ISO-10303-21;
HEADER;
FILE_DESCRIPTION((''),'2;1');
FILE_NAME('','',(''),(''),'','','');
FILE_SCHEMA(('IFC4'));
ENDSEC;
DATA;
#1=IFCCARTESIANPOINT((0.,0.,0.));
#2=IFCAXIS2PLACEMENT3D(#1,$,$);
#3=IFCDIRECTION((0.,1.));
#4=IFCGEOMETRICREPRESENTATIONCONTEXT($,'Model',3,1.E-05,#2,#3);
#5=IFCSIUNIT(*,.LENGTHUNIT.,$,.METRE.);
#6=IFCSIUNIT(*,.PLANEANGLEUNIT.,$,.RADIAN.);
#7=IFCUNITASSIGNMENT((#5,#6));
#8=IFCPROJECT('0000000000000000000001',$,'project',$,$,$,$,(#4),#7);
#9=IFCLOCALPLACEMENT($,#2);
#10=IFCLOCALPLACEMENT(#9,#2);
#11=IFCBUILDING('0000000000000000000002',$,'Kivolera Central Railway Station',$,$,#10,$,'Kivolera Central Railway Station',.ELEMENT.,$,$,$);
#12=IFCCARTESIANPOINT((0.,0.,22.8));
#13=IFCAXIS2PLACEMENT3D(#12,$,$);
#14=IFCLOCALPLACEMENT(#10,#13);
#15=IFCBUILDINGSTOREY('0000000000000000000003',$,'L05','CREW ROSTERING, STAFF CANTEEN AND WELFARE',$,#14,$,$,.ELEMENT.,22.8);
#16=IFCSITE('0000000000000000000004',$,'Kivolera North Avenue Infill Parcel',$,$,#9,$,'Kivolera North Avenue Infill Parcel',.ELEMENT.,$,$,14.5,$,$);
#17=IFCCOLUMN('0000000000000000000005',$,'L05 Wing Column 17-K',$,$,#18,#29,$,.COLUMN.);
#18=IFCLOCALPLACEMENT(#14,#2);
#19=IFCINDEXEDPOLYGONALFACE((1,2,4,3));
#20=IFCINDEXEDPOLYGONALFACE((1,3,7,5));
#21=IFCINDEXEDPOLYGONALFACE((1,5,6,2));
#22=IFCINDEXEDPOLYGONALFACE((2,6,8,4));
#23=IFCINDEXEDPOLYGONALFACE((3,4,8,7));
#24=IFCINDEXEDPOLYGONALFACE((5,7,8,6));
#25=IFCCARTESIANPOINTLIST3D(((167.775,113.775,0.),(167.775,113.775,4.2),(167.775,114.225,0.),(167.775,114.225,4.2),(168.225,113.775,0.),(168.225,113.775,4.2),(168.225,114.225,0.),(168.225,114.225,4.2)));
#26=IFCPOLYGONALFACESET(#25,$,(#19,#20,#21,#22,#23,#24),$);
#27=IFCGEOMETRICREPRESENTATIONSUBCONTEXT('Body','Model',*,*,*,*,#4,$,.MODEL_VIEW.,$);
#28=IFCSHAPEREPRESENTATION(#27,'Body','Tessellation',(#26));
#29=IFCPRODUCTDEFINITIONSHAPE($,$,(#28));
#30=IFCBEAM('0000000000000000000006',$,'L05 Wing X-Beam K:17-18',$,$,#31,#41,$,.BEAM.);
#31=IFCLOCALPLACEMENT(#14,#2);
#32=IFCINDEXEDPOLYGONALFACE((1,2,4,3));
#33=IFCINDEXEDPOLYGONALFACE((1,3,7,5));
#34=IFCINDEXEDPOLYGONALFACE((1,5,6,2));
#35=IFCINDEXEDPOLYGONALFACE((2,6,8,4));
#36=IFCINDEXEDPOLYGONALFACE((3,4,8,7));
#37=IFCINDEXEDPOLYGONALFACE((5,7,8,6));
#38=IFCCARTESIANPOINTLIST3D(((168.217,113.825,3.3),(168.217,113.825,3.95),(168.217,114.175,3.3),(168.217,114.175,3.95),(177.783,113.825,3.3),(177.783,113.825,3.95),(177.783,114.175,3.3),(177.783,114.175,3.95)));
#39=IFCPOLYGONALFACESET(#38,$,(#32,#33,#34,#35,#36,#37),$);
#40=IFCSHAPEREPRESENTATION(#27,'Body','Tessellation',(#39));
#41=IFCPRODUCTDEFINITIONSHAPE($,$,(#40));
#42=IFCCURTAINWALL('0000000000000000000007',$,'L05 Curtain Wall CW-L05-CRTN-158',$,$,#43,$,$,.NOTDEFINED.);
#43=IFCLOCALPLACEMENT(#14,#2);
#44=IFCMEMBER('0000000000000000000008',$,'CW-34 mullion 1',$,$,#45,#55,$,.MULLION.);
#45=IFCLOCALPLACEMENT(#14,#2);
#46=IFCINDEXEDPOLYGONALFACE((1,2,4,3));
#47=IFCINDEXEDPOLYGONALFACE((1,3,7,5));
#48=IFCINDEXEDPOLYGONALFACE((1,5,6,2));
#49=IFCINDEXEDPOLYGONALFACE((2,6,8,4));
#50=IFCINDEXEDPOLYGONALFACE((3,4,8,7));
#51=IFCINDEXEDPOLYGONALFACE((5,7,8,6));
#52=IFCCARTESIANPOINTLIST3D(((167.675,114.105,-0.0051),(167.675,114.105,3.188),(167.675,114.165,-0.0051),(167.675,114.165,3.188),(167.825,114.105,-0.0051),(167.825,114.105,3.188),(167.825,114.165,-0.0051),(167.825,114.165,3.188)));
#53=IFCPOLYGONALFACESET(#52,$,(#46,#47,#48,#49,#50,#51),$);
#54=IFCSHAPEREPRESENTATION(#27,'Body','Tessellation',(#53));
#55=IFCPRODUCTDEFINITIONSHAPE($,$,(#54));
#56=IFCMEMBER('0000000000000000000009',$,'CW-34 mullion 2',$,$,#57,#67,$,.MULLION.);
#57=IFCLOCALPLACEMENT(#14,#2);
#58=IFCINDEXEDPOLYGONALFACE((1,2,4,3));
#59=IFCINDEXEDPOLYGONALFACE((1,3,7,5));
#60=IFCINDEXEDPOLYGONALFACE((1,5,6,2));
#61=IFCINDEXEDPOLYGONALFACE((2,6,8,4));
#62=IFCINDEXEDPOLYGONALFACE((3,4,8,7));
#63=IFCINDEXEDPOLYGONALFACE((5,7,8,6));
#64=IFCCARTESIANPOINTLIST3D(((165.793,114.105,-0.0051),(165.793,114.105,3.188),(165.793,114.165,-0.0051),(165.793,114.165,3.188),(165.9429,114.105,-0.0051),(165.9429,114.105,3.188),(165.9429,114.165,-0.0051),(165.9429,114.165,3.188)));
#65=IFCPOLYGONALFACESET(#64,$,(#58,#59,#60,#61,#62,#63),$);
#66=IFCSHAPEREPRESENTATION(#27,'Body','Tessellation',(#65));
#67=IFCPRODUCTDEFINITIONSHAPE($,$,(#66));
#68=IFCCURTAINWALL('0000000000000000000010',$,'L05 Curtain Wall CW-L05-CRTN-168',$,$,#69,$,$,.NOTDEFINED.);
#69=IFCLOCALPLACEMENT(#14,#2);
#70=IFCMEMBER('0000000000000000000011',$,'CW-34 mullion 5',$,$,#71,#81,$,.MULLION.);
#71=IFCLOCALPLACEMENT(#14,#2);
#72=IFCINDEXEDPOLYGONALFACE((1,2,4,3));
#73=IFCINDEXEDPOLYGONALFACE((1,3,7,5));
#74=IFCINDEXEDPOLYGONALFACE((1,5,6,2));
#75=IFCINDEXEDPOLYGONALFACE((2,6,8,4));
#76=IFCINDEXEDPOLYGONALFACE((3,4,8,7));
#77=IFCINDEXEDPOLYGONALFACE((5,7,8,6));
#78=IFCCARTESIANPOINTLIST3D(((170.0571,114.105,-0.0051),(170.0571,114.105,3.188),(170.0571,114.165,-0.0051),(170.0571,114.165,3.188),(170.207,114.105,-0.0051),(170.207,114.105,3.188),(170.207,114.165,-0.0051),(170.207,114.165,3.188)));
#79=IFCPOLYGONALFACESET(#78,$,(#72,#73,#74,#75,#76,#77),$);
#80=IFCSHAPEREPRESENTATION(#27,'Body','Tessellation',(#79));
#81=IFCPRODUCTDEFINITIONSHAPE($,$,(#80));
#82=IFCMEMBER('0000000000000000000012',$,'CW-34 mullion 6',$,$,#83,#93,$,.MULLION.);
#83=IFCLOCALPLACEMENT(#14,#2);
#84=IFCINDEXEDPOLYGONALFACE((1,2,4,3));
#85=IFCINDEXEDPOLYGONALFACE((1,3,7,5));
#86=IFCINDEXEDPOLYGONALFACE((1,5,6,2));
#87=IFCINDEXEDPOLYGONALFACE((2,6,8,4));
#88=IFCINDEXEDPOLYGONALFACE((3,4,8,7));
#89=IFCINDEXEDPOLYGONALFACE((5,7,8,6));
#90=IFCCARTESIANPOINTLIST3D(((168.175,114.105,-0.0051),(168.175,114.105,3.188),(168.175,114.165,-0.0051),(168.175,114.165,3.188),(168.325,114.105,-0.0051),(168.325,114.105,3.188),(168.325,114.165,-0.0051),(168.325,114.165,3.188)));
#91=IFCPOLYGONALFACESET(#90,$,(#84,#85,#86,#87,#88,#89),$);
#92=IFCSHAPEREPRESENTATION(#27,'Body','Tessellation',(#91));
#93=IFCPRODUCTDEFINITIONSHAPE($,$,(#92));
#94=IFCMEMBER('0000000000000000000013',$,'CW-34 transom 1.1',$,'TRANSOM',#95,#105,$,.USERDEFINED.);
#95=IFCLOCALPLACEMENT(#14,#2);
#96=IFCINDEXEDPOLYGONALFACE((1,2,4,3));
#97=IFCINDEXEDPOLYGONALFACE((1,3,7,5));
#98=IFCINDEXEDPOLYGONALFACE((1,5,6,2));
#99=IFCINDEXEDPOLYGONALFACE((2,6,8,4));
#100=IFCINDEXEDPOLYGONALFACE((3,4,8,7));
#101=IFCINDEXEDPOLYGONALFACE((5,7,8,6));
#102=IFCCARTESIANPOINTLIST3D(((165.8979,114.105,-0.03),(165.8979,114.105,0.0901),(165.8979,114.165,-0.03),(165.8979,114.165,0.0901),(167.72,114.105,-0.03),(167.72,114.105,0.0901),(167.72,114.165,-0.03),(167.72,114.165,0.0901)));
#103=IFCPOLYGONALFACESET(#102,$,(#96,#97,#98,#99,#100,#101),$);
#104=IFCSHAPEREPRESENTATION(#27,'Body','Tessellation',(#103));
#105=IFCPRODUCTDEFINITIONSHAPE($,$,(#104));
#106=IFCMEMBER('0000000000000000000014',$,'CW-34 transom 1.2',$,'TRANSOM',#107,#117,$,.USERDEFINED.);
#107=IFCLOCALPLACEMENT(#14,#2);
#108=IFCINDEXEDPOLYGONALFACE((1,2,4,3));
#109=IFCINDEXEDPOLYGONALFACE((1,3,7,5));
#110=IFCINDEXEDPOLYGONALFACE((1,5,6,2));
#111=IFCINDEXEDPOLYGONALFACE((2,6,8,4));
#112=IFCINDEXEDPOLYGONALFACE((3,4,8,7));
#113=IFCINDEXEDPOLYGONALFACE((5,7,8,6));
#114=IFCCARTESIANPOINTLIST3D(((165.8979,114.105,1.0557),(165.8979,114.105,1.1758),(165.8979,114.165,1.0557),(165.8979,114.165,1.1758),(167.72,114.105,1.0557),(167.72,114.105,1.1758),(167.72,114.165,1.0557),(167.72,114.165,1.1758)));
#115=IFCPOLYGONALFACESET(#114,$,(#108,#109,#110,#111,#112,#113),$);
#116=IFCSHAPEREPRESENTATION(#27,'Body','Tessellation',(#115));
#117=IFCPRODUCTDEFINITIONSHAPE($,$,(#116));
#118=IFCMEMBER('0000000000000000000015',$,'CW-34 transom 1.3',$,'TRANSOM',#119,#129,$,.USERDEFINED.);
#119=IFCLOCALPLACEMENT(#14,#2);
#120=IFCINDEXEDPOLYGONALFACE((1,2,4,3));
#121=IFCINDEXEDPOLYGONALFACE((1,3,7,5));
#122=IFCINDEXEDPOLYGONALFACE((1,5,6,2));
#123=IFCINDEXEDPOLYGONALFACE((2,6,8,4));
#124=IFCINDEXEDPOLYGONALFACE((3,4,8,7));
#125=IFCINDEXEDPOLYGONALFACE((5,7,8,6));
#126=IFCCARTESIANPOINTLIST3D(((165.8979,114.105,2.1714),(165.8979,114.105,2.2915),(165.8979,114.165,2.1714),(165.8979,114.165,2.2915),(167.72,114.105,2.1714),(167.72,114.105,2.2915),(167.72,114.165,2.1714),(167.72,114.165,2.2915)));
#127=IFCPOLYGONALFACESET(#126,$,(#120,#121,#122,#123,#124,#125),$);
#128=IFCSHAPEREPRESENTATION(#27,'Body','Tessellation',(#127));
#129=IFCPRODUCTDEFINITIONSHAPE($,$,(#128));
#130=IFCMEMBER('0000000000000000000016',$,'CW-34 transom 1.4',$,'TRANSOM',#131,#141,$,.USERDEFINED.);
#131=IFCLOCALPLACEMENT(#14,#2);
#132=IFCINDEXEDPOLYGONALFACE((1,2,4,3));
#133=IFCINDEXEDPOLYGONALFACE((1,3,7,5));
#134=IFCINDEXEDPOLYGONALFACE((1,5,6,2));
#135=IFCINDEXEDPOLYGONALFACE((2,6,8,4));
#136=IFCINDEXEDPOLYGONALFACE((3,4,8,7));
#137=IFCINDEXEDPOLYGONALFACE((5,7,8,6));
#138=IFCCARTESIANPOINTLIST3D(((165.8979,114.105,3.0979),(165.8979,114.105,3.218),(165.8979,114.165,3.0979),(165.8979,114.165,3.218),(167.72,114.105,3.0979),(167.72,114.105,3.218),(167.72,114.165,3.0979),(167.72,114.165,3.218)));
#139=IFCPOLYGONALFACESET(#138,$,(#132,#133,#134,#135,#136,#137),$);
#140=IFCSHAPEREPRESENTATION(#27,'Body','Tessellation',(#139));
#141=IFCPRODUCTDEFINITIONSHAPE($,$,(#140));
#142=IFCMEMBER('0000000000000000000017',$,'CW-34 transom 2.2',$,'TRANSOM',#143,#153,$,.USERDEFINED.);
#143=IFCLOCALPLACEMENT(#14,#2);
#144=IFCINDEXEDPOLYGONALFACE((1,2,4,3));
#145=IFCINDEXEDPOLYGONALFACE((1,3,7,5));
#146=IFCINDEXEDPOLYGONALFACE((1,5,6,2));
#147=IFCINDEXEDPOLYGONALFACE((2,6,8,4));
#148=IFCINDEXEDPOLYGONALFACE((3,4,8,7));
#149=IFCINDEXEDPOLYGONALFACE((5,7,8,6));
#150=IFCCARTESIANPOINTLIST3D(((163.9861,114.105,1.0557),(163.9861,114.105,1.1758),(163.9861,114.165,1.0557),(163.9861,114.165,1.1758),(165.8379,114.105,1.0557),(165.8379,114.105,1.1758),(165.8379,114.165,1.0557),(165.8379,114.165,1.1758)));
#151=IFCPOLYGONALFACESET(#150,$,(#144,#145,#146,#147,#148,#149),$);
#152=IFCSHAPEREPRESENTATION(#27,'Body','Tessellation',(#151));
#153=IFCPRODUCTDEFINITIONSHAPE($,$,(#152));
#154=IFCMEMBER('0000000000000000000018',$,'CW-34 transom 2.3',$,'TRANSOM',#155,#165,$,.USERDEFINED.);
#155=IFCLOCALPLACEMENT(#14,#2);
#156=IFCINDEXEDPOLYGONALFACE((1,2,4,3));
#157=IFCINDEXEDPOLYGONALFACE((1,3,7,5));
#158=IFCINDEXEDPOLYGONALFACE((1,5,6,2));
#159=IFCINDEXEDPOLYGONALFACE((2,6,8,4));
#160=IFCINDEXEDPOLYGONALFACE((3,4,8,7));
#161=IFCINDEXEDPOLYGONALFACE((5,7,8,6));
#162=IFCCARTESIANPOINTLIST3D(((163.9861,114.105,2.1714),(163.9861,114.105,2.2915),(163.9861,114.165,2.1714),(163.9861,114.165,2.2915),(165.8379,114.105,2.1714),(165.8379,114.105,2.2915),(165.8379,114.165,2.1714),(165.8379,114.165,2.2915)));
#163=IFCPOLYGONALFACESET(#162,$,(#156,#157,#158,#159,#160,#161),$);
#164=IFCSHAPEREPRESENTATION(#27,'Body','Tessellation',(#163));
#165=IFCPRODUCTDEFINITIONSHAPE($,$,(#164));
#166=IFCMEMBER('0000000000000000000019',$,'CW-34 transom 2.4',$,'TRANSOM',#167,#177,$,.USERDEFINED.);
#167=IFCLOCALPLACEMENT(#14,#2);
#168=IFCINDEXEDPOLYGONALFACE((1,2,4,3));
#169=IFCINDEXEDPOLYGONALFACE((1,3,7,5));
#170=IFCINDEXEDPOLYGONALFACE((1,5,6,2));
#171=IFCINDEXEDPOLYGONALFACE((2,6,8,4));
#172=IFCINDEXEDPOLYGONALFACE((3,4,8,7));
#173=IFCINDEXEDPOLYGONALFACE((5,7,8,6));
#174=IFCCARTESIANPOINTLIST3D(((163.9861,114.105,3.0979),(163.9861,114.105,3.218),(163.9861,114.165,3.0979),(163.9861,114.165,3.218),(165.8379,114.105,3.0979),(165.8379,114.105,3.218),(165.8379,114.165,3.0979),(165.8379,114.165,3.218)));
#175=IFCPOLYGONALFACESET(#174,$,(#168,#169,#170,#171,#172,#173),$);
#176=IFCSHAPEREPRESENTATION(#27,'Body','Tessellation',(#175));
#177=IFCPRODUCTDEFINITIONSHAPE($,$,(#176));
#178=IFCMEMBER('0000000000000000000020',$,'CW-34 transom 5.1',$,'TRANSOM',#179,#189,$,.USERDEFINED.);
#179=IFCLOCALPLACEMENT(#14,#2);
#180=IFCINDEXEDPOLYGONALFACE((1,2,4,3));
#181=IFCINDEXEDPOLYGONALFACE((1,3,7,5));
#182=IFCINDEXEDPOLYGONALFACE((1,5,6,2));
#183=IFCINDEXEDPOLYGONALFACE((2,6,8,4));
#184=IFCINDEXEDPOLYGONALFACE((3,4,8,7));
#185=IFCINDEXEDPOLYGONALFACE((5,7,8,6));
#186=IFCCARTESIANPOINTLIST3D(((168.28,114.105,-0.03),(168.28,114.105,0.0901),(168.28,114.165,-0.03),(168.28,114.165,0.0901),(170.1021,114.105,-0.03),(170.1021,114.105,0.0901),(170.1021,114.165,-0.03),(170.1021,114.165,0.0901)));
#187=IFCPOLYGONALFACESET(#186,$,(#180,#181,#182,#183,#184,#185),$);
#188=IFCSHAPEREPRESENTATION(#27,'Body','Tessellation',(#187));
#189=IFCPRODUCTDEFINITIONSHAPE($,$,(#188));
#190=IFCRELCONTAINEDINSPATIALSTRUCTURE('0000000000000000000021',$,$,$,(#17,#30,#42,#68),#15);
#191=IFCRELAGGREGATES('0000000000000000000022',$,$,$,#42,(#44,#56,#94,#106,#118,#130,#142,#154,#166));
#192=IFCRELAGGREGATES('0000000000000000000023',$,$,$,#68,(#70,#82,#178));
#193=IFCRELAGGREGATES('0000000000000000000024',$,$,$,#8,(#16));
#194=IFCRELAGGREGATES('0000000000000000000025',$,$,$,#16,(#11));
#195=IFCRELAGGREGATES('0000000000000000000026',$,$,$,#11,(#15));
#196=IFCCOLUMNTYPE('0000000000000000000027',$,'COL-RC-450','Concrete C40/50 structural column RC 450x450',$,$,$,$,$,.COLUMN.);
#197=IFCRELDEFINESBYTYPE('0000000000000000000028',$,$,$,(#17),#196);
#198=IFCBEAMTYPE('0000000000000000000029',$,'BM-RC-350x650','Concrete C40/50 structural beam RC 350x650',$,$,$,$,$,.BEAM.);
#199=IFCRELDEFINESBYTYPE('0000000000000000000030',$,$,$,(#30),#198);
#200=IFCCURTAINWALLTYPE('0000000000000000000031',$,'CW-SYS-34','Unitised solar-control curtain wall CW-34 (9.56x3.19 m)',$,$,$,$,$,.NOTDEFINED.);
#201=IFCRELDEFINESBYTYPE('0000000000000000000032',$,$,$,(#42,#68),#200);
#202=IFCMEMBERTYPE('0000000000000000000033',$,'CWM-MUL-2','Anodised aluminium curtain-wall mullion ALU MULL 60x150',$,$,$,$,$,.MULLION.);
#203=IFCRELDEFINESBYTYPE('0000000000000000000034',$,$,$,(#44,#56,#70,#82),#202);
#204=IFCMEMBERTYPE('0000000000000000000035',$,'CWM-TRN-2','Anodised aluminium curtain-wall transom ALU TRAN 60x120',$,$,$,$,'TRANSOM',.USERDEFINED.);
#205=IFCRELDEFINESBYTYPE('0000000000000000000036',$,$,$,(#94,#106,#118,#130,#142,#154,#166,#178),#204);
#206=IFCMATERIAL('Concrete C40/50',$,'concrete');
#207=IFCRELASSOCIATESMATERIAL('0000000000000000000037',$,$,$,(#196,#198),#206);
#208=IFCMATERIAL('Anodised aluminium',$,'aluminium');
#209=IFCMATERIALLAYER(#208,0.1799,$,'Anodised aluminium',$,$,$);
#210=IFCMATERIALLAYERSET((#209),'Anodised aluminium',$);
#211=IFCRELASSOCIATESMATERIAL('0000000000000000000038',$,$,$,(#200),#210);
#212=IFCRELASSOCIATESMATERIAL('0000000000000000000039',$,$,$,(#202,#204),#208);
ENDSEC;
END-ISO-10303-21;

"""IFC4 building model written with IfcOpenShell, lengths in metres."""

from ifc_helpers import new_model, si_unit, direction, frame, origin, origin_2d, place, context, subcontext, project, spatial, rectangle, extrude, material, layer, layer_set, material_profile, profile_set, type_object, element, aggregate, save


model = new_model("IFC4")

# Units and contexts
model_context = context("Model", 3, precision=1e-05, world=origin(), true_north=direction((0.0, 1.0)))
body_context = subcontext(model_context, "Body", "Model", "MODEL_VIEW")
ifc_project = project(units=[si_unit("LENGTHUNIT", "METRE"), si_unit("PLANEANGLEUNIT", "RADIAN")], contexts=[model_context])

# Site, building, storey
site_placement = place(None, origin())
site = spatial("IfcSite", under=ifc_project, at=site_placement, Name="Kivolera North Avenue Infill Parcel", LongName="Kivolera North Avenue Infill Parcel", CompositionType="ELEMENT", RefElevation=14.5)
building_placement = place(site_placement, origin())
building = spatial("IfcBuilding", under=site, at=building_placement, Name="Kivolera Central Railway Station", LongName="Kivolera Central Railway Station", CompositionType="ELEMENT")
storey_placement = place(building_placement, frame((0.0, 0.0, 22.8)))
storey = spatial("IfcBuildingStorey", under=building, at=storey_placement, Name="L05", Description="CREW ROSTERING, STAFF CANTEEN AND WELFARE", CompositionType="ELEMENT", Elevation=22.8)

# Column
ifc_material_1 = material(Name="Concrete C40/50", Category="concrete")
ifc_material_profile_1 = material_profile(ifc_material_1, rectangle(XDim=0.45, YDim=0.45, at=origin_2d()), Name="RC 450x450")
ifc_profile_set_1 = profile_set([ifc_material_profile_1], Name="Concrete C40/50")
column_type = type_object("IfcColumnType", Name="COL-RC-450", Description="Concrete C40/50 structural column RC 450x450", PredefinedType="COLUMN", material=ifc_profile_set_1)
column_placement = place(storey_placement, frame((168.0, 114.0, 0.0), z_axis=(0.0, 0.0, 1.0), x_axis=(1.0, 0.0, 0.0)))
element("IfcColumn", 1, at=column_placement, inside=storey, type_object=column_type, Name="L05 Wing Column 17-K", PredefinedType="COLUMN", context=body_context, shape_type="SweptSolid", body=[
    extrude(rectangle(XDim=0.45, YDim=0.45, at=origin_2d()), origin(), (0.0, 0.0, 1.0), 4.2),
])

# Beam
ifc_material_profile_2 = material_profile(ifc_material_1, rectangle(XDim=0.3501, YDim=0.6499, at=origin_2d()), Name="RC 350x650")
ifc_profile_set_2 = profile_set([ifc_material_profile_2], Name="Concrete C40/50")
beam_type = type_object("IfcBeamType", Name="BM-RC-350x650", Description="Concrete C40/50 structural beam RC 350x650", PredefinedType="BEAM", material=ifc_profile_set_2)
beam_placement = place(storey_placement, frame((168.217, 114.0, 3.625), z_axis=(1.0, 0.0, 0.0), x_axis=(0.0, 1.0, 0.0)))
element("IfcBeam", 2, at=beam_placement, inside=storey, type_object=beam_type, Name="L05 Wing X-Beam K:17-18", PredefinedType="BEAM", context=body_context, shape_type="SweptSolid", body=[
    extrude(rectangle(XDim=0.3501, YDim=0.6499, at=origin_2d()), origin(), (0.0, 0.0, 1.0), 9.5659),
])

# Curtain walls, members
ifc_material_2 = material(Name="Anodised aluminium", Category="aluminium")
ifc_layer_1 = layer(ifc_material_2, 0.1799, Name="Anodised aluminium")
ifc_layer_set_1 = layer_set([ifc_layer_1], Name="Anodised aluminium")
curtain_wall_type = type_object("IfcCurtainWallType", Name="CW-SYS-34", Description="Unitised solar-control curtain wall CW-34 (9.56x3.19 m)", PredefinedType="NOTDEFINED", material=ifc_layer_set_1)
curtain_wall_1_placement = place(storey_placement, origin())
curtain_wall_1 = element("IfcCurtainWall", 3, at=curtain_wall_1_placement, inside=storey, type_object=curtain_wall_type, Name="L05 Curtain Wall CW-L05-CRTN-158", PredefinedType="NOTDEFINED")
ifc_material_profile_3 = material_profile(ifc_material_2, rectangle(XDim=0.0601, YDim=0.1499, at=origin_2d()), Name="ALU MULL 60x150")
ifc_profile_set_3 = profile_set([ifc_material_profile_3], Name="Anodised aluminium")
member_type_1 = type_object("IfcMemberType", Name="CWM-MUL-2", Description="Anodised aluminium curtain-wall mullion ALU MULL 60x150", PredefinedType="MULLION", material=ifc_profile_set_3)
member_1_placement = place(storey_placement, frame((167.75, 114.135, -0.0051), z_axis=(0.0, 0.0, 1.0), x_axis=(0.0, -1.0, 0.0)))
member_1 = element("IfcMember", 4, at=member_1_placement, type_object=member_type_1, Name="CW-34 mullion 1", PredefinedType="MULLION", context=body_context, shape_type="SweptSolid", body=[
    extrude(rectangle(XDim=0.0601, YDim=0.1499, at=origin_2d()), origin(), (0.0, 0.0, 1.0), 3.1931),
])
member_2_placement = place(storey_placement, frame((165.8679, 114.135, -0.0051), z_axis=(0.0, 0.0, 1.0), x_axis=(0.0, -1.0, 0.0)))
member_2 = element("IfcMember", 5, at=member_2_placement, type_object=member_type_1, Name="CW-34 mullion 2", PredefinedType="MULLION", context=body_context, shape_type="SweptSolid", body=[
    extrude(rectangle(XDim=0.0601, YDim=0.1499, at=origin_2d()), origin(), (0.0, 0.0, 1.0), 3.1931),
])
curtain_wall_2_placement = place(storey_placement, origin())
curtain_wall_2 = element("IfcCurtainWall", 6, at=curtain_wall_2_placement, inside=storey, type_object=curtain_wall_type, Name="L05 Curtain Wall CW-L05-CRTN-168", PredefinedType="NOTDEFINED")
member_3_placement = place(storey_placement, frame((170.1321, 114.135, -0.0051), z_axis=(0.0, 0.0, 1.0), x_axis=(0.0, -1.0, 0.0)))
member_3 = element("IfcMember", 7, at=member_3_placement, type_object=member_type_1, Name="CW-34 mullion 5", PredefinedType="MULLION", context=body_context, shape_type="SweptSolid", body=[
    extrude(rectangle(XDim=0.0601, YDim=0.1499, at=origin_2d()), origin(), (0.0, 0.0, 1.0), 3.1931),
])
member_4_placement = place(storey_placement, frame((168.25, 114.135, -0.0051), z_axis=(0.0, 0.0, 1.0), x_axis=(0.0, -1.0, 0.0)))
member_4 = element("IfcMember", 8, at=member_4_placement, type_object=member_type_1, Name="CW-34 mullion 6", PredefinedType="MULLION", context=body_context, shape_type="SweptSolid", body=[
    extrude(rectangle(XDim=0.0601, YDim=0.1499, at=origin_2d()), origin(), (0.0, 0.0, 1.0), 3.1931),
])

# Members
ifc_material_profile_4 = material_profile(ifc_material_2, rectangle(XDim=0.0601, YDim=0.1201, at=origin_2d()), Name="ALU TRAN 60x120")
ifc_profile_set_4 = profile_set([ifc_material_profile_4], Name="Anodised aluminium")
member_type_2 = type_object("IfcMemberType", Name="CWM-TRN-2", Description="Anodised aluminium curtain-wall transom ALU TRAN 60x120", ElementType="TRANSOM", PredefinedType="USERDEFINED", material=ifc_profile_set_4)
member_5_placement = place(storey_placement, frame((167.72, 114.135, 0.03), z_axis=(-1.0, 0.0, 0.0), x_axis=(0.0, -1.0, 0.0)))
member_5 = element("IfcMember", 9, at=member_5_placement, type_object=member_type_2, Name="CW-34 transom 1.1", ObjectType="TRANSOM", PredefinedType="USERDEFINED", context=body_context, shape_type="SweptSolid", body=[
    extrude(rectangle(XDim=0.0601, YDim=0.1201, at=origin_2d()), origin(), (0.0, 0.0, 1.0), 1.822),
])
member_6_placement = place(storey_placement, frame((167.72, 114.135, 1.1157), z_axis=(-1.0, 0.0, 0.0), x_axis=(0.0, -1.0, 0.0)))
member_6 = element("IfcMember", 10, at=member_6_placement, type_object=member_type_2, Name="CW-34 transom 1.2", ObjectType="TRANSOM", PredefinedType="USERDEFINED", context=body_context, shape_type="SweptSolid", body=[
    extrude(rectangle(XDim=0.0601, YDim=0.1201, at=origin_2d()), origin(), (0.0, 0.0, 1.0), 1.822),
])
member_7_placement = place(storey_placement, frame((167.72, 114.135, 2.2314), z_axis=(-1.0, 0.0, 0.0), x_axis=(0.0, -1.0, 0.0)))
member_7 = element("IfcMember", 11, at=member_7_placement, type_object=member_type_2, Name="CW-34 transom 1.3", ObjectType="TRANSOM", PredefinedType="USERDEFINED", context=body_context, shape_type="SweptSolid", body=[
    extrude(rectangle(XDim=0.0601, YDim=0.1201, at=origin_2d()), origin(), (0.0, 0.0, 1.0), 1.822),
])
member_8_placement = place(storey_placement, frame((167.72, 114.135, 3.158), z_axis=(-1.0, 0.0, 0.0), x_axis=(0.0, -1.0, 0.0)))
member_8 = element("IfcMember", 12, at=member_8_placement, type_object=member_type_2, Name="CW-34 transom 1.4", ObjectType="TRANSOM", PredefinedType="USERDEFINED", context=body_context, shape_type="SweptSolid", body=[
    extrude(rectangle(XDim=0.0601, YDim=0.1201, at=origin_2d()), origin(), (0.0, 0.0, 1.0), 1.822),
])
member_9_placement = place(storey_placement, frame((165.8379, 114.135, 1.1157), z_axis=(-1.0, 0.0, 0.0), x_axis=(0.0, -1.0, 0.0)))
member_9 = element("IfcMember", 13, at=member_9_placement, type_object=member_type_2, Name="CW-34 transom 2.2", ObjectType="TRANSOM", PredefinedType="USERDEFINED", context=body_context, shape_type="SweptSolid", body=[
    extrude(rectangle(XDim=0.0601, YDim=0.1201, at=origin_2d()), origin(), (0.0, 0.0, 1.0), 1.8518),
])
member_10_placement = place(storey_placement, frame((165.8379, 114.135, 2.2314), z_axis=(-1.0, 0.0, 0.0), x_axis=(0.0, -1.0, 0.0)))
member_10 = element("IfcMember", 14, at=member_10_placement, type_object=member_type_2, Name="CW-34 transom 2.3", ObjectType="TRANSOM", PredefinedType="USERDEFINED", context=body_context, shape_type="SweptSolid", body=[
    extrude(rectangle(XDim=0.0601, YDim=0.1201, at=origin_2d()), origin(), (0.0, 0.0, 1.0), 1.8518),
])
member_11_placement = place(storey_placement, frame((165.8379, 114.135, 3.158), z_axis=(-1.0, 0.0, 0.0), x_axis=(0.0, -1.0, 0.0)))
member_11 = element("IfcMember", 15, at=member_11_placement, type_object=member_type_2, Name="CW-34 transom 2.4", ObjectType="TRANSOM", PredefinedType="USERDEFINED", context=body_context, shape_type="SweptSolid", body=[
    extrude(rectangle(XDim=0.0601, YDim=0.1201, at=origin_2d()), origin(), (0.0, 0.0, 1.0), 1.8518),
])
member_12_placement = place(storey_placement, frame((170.1021, 114.135, 0.03), z_axis=(-1.0, 0.0, 0.0), x_axis=(0.0, -1.0, 0.0)))
member_12 = element("IfcMember", 16, at=member_12_placement, type_object=member_type_2, Name="CW-34 transom 5.1", ObjectType="TRANSOM", PredefinedType="USERDEFINED", context=body_context, shape_type="SweptSolid", body=[
    extrude(rectangle(XDim=0.0601, YDim=0.1201, at=origin_2d()), origin(), (0.0, 0.0, 1.0), 1.822),
])

aggregate(curtain_wall_1, [member_1, member_2, member_5, member_6, member_7, member_8, member_9, member_10, member_11])
aggregate(curtain_wall_2, [member_3, member_4, member_12])

save(model, "model.ifc")
